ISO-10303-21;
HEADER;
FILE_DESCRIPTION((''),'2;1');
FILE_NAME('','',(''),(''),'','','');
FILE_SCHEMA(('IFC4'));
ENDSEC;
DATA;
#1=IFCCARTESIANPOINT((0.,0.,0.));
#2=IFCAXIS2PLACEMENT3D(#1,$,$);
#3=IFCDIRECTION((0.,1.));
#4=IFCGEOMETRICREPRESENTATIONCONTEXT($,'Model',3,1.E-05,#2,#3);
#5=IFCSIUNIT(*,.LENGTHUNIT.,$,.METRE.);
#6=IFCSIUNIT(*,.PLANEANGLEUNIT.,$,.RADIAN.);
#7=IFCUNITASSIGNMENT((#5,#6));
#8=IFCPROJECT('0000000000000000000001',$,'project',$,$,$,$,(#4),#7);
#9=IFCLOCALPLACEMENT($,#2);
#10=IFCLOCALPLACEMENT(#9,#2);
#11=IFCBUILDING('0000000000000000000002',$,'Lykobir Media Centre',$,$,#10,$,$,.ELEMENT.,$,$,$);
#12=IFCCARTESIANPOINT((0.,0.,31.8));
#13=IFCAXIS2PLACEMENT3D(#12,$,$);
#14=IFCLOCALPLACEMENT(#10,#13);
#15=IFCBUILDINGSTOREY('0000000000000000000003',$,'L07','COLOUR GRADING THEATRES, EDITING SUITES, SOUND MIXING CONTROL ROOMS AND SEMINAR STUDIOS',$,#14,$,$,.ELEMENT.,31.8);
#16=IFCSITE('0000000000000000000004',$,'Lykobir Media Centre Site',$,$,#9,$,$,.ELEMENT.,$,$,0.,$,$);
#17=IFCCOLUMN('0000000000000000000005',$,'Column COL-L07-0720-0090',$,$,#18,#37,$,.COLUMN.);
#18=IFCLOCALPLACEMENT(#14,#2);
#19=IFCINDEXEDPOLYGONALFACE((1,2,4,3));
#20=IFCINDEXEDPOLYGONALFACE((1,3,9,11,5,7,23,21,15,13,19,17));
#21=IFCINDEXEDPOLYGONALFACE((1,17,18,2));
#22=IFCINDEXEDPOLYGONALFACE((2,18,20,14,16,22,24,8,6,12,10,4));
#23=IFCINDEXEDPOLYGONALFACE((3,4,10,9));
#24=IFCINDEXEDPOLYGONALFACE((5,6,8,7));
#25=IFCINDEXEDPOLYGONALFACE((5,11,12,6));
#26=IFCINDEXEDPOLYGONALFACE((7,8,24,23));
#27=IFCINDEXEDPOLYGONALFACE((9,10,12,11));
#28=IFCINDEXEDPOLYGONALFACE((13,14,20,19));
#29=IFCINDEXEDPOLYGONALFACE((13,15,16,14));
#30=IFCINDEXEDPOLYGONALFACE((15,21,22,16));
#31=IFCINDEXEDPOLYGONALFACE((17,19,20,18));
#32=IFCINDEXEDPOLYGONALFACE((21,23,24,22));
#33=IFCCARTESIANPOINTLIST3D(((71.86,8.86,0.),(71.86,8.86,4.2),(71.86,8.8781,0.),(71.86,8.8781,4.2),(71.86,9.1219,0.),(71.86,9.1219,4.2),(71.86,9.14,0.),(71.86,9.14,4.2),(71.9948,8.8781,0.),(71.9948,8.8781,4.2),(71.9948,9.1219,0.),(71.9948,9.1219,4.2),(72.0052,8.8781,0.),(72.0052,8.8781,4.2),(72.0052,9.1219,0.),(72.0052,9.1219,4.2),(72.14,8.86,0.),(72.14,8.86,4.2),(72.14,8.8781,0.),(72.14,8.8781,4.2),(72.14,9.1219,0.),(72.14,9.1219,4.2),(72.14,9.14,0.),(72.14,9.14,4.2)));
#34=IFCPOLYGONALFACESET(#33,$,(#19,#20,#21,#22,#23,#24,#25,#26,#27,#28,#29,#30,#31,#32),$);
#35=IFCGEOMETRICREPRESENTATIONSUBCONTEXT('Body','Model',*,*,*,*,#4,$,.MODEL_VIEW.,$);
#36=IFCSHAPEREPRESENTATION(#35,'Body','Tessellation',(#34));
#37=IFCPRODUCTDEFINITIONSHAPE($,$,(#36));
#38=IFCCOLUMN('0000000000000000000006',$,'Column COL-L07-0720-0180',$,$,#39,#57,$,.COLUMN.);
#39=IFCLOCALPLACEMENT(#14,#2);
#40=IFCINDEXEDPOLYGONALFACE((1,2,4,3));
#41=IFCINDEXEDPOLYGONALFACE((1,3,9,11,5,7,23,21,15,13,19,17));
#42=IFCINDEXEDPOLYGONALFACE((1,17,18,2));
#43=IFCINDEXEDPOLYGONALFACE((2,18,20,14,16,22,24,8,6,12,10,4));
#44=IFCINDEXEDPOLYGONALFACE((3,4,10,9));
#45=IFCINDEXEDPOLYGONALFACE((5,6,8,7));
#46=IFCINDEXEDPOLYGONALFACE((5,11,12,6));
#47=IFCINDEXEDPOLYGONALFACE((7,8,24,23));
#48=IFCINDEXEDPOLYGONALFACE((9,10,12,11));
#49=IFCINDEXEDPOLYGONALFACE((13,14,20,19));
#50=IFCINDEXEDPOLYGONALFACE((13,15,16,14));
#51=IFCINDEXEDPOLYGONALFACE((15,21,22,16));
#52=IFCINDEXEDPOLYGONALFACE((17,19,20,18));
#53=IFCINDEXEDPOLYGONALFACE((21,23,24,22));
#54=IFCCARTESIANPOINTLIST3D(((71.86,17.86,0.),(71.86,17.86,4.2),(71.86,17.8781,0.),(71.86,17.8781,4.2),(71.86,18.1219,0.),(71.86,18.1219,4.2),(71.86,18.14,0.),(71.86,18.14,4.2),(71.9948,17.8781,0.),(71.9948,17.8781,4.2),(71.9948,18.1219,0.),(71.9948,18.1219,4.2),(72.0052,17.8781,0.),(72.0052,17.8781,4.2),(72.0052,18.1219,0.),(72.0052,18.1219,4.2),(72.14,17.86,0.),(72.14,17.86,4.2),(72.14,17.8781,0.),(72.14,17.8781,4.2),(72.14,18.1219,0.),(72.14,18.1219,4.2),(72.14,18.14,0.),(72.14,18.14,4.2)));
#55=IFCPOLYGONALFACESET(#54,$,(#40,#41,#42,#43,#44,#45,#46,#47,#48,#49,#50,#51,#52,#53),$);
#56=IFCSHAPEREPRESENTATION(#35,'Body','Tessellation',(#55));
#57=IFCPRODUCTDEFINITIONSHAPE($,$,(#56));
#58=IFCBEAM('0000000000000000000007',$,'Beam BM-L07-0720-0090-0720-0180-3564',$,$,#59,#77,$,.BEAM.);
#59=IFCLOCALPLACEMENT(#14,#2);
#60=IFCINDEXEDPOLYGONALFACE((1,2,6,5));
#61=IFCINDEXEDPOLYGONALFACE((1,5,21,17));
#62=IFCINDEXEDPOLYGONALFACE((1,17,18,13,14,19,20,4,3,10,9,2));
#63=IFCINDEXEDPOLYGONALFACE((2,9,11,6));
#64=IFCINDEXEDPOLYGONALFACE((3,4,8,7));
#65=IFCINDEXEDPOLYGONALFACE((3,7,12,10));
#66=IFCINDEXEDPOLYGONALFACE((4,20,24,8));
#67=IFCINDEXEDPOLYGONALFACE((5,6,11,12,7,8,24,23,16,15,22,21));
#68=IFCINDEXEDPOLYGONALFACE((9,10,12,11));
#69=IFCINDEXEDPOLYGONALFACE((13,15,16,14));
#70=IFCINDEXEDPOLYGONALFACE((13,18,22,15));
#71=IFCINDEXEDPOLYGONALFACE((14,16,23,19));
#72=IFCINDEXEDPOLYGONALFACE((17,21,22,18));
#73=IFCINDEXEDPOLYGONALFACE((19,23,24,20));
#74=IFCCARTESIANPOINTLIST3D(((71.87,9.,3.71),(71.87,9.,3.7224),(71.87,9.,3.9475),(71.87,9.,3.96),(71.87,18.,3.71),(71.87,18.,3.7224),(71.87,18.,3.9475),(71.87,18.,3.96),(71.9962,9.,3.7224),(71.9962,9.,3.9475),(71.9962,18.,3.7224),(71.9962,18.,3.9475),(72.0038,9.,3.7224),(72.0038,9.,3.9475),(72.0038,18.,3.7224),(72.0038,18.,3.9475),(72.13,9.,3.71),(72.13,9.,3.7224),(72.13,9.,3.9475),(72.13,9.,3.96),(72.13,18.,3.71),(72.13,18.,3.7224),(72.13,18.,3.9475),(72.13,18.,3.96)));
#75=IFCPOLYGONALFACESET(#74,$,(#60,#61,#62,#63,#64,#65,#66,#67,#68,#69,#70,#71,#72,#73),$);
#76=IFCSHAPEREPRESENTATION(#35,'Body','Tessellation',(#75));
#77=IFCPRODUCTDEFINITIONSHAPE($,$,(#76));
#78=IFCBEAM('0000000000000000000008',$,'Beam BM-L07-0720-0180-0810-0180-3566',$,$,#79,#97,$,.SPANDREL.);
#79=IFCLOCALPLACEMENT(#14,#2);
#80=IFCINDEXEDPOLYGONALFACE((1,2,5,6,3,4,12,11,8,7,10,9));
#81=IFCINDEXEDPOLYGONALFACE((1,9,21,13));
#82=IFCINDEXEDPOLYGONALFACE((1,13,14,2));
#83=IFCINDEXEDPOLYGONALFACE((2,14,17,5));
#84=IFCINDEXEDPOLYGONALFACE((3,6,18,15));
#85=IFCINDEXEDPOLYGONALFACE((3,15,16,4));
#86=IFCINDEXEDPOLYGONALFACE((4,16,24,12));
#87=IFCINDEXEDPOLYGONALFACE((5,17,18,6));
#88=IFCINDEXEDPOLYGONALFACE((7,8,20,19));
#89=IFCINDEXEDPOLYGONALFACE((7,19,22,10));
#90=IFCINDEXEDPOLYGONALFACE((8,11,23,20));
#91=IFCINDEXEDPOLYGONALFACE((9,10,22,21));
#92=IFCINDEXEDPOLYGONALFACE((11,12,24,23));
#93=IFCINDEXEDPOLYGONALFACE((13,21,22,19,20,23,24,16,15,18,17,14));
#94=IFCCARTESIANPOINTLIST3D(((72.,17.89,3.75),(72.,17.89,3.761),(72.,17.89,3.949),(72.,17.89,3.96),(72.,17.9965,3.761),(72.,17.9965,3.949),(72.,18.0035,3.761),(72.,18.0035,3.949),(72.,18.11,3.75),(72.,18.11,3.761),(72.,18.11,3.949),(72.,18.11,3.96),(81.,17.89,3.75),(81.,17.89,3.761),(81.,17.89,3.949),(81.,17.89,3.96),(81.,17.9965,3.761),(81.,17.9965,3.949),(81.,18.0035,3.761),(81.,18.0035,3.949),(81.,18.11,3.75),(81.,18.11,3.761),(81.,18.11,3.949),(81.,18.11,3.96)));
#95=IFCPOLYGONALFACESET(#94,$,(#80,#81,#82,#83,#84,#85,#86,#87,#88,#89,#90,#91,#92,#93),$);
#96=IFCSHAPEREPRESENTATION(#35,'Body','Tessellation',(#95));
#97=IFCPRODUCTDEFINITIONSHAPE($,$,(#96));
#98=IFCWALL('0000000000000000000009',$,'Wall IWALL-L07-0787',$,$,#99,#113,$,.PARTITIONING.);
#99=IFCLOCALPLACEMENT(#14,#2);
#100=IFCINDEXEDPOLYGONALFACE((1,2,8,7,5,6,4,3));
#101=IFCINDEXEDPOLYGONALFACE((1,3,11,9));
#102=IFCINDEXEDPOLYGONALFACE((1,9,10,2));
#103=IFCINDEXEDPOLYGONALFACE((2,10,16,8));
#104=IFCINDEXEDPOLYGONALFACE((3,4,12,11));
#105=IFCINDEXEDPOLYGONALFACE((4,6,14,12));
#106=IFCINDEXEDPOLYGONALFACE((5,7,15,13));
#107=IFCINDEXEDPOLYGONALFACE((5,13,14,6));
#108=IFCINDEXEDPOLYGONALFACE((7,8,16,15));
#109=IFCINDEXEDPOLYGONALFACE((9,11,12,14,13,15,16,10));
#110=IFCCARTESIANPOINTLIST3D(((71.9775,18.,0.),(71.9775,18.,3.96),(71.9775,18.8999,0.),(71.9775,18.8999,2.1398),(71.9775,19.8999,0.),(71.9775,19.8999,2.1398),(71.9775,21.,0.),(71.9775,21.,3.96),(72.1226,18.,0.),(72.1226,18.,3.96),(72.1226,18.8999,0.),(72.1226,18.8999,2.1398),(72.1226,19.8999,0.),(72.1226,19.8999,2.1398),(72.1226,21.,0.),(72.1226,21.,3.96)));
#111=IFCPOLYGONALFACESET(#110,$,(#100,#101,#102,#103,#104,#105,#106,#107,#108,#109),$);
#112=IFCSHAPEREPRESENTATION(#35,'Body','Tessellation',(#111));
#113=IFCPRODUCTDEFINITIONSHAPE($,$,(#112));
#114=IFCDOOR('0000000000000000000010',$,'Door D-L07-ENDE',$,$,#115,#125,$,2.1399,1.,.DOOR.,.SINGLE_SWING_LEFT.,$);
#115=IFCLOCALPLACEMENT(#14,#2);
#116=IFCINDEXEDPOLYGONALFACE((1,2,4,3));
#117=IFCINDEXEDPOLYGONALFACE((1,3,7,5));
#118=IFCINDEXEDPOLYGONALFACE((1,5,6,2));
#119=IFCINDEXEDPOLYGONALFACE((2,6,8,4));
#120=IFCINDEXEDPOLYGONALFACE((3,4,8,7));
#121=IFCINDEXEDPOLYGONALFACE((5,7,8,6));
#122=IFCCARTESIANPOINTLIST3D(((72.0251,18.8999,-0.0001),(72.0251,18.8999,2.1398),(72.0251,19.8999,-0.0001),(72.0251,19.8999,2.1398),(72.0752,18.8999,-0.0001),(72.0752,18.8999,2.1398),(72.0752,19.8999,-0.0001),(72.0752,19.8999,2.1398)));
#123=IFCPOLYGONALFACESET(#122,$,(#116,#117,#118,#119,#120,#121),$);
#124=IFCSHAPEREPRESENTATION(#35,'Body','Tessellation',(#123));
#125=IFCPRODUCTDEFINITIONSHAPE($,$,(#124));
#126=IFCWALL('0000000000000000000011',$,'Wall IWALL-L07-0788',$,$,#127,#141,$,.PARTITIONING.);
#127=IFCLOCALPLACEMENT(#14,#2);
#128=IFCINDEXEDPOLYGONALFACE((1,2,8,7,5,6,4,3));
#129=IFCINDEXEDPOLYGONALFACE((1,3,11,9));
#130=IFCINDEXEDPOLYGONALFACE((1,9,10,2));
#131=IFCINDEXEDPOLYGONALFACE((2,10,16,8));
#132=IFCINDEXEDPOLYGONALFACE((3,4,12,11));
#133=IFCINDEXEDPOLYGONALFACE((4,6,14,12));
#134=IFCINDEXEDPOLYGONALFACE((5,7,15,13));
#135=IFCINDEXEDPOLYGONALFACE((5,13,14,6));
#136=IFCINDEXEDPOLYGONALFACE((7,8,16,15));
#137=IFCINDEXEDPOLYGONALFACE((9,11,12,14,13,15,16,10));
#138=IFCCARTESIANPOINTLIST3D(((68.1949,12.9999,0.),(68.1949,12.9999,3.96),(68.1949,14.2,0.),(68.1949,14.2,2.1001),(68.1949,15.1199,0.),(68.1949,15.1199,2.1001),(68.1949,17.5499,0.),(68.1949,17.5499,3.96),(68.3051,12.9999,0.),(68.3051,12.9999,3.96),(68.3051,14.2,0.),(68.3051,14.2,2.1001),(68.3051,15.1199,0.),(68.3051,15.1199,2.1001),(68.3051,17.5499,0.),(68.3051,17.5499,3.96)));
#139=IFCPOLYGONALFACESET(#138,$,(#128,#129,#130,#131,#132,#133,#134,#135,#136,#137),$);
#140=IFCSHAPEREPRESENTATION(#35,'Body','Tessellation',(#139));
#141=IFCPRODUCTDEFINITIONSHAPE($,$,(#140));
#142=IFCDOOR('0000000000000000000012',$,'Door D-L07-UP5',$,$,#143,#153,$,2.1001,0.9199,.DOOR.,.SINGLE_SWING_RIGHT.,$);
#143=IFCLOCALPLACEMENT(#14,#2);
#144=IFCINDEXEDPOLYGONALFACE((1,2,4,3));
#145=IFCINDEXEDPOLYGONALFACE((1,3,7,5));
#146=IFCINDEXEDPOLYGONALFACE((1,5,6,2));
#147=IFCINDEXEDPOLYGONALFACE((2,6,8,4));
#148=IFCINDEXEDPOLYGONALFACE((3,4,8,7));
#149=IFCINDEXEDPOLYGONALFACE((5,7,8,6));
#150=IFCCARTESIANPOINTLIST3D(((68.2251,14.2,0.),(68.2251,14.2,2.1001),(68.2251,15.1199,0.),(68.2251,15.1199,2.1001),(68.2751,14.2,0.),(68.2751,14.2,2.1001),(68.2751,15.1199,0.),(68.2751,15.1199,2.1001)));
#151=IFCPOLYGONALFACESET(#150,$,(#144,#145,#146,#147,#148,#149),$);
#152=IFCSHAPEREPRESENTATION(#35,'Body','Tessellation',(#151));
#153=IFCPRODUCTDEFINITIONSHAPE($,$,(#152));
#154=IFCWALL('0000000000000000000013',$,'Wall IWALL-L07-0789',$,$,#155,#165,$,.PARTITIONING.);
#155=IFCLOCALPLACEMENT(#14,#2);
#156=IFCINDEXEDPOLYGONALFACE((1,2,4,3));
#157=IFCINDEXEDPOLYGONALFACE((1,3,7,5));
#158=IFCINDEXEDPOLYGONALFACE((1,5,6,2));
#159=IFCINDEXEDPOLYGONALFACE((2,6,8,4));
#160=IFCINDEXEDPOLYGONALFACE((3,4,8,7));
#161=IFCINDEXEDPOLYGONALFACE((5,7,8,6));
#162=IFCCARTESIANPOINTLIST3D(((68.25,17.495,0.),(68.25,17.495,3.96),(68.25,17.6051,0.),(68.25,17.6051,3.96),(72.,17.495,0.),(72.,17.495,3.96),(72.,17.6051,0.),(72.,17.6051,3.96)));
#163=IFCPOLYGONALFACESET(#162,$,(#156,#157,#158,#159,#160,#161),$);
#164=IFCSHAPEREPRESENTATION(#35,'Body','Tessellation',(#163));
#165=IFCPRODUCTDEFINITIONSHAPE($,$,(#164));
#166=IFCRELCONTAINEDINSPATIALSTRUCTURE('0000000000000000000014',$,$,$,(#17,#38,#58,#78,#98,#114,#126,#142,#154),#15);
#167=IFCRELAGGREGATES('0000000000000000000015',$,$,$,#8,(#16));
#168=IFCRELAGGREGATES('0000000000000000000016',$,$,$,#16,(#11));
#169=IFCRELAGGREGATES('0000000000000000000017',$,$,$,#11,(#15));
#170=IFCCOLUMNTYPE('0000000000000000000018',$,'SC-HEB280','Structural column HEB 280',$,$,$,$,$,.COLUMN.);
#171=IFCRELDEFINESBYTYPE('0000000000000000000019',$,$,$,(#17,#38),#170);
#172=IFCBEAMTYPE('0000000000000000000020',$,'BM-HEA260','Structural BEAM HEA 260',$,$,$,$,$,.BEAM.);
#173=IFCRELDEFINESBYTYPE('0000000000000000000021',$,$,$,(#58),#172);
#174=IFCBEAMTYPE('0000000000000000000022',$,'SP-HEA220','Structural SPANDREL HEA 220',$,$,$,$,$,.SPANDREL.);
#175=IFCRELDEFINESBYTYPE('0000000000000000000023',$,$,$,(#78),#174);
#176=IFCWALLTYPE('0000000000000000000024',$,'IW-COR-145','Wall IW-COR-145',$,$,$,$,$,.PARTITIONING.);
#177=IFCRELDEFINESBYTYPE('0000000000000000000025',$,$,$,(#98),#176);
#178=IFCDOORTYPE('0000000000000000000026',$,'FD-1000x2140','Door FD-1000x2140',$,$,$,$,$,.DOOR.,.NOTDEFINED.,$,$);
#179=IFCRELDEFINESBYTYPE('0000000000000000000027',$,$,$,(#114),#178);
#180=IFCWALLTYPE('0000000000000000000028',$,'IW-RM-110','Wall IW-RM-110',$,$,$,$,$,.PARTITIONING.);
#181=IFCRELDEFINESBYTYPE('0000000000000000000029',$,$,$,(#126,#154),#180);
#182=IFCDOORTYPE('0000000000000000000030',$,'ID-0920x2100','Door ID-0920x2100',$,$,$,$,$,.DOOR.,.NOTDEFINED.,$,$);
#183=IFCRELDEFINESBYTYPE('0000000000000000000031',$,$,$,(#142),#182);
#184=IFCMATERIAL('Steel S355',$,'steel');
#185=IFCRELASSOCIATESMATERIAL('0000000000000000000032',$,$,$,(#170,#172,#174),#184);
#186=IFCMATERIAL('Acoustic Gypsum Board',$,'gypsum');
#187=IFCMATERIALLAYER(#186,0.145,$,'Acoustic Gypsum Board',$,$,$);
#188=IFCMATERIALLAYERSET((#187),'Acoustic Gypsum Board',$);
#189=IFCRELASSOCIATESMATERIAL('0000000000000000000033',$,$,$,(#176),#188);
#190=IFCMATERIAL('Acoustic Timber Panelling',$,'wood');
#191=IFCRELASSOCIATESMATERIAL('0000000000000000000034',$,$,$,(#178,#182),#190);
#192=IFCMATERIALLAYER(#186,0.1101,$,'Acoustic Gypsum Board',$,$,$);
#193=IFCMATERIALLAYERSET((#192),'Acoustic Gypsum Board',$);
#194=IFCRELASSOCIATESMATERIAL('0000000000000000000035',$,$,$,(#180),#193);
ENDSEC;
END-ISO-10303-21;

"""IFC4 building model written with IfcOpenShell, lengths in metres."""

from ifc_helpers import new_model, si_unit, direction, frame, frame_2d, origin, origin_2d, place, context, subcontext, project, spatial, rectangle, i_section, extrude, material, layer, layer_set, material_profile, profile_set, type_object, element, fill, save


model = new_model("IFC4")

# Units and contexts
model_context = context("Model", 3, precision=1e-05, world=origin(), true_north=direction((0.0, 1.0)))
body_context = subcontext(model_context, "Body", "Model", "MODEL_VIEW")
ifc_project = project(units=[si_unit("LENGTHUNIT", "METRE"), si_unit("PLANEANGLEUNIT", "RADIAN")], contexts=[model_context])

# Site, building, storey
site_placement = place(None, origin())
site = spatial("IfcSite", under=ifc_project, at=site_placement, Name="Lykobir Media Centre Site", CompositionType="ELEMENT", RefElevation=0.0)
building_placement = place(site_placement, origin())
building = spatial("IfcBuilding", under=site, at=building_placement, Name="Lykobir Media Centre", CompositionType="ELEMENT")
storey_placement = place(building_placement, frame((0.0, 0.0, 31.8)))
storey = spatial("IfcBuildingStorey", under=building, at=storey_placement, Name="L07", Description="COLOUR GRADING THEATRES, EDITING SUITES, SOUND MIXING CONTROL ROOMS AND SEMINAR STUDIOS", CompositionType="ELEMENT", Elevation=31.8)

# Columns
ifc_material_1 = material(Name="Steel S355", Category="steel")
ifc_material_profile_1 = material_profile(ifc_material_1, i_section(OverallWidth=0.28, OverallDepth=0.28, WebThickness=0.0105, FlangeThickness=0.0181, at=origin_2d()), Name="HEB 280")
ifc_profile_set_1 = profile_set([ifc_material_profile_1], Name="Steel S355")
column_type = type_object("IfcColumnType", Name="SC-HEB280", Description="Structural column HEB 280", PredefinedType="COLUMN", material=ifc_profile_set_1)
for number, where, z_axis, x_axis, name in (
    (1, (72.0, 9.0, 0.0), (0.0, 0.0, 1.0), (1.0, 0.0, 0.0), "Column COL-L07-0720-0090"),
    (2, (72.0, 18.0, 0.0), (0.0, 0.0, 1.0), (1.0, 0.0, 0.0), "Column COL-L07-0720-0180"),
):
    element("IfcColumn", number, at=place(storey_placement, frame(where, z_axis=z_axis, x_axis=x_axis)), inside=storey, type_object=column_type, Name=name, PredefinedType="COLUMN", context=body_context, shape_type="SweptSolid", body=[
        extrude(i_section(OverallWidth=0.28, OverallDepth=0.28, WebThickness=0.0105, FlangeThickness=0.0181, at=origin_2d()), origin(), (0.0, 0.0, 1.0), 4.2),
    ])

# Beams
ifc_material_profile_2 = material_profile(ifc_material_1, i_section(OverallWidth=0.26, OverallDepth=0.25, WebThickness=0.0076, FlangeThickness=0.0125, at=origin_2d()), Name="HEA 260")
ifc_profile_set_2 = profile_set([ifc_material_profile_2], Name="Steel S355")
beam_type_1 = type_object("IfcBeamType", Name="BM-HEA260", Description="Structural BEAM HEA 260", PredefinedType="BEAM", material=ifc_profile_set_2)
beam_1_placement = place(storey_placement, frame((72.0, 9.0, 3.835), z_axis=(0.0, 1.0, 0.0), x_axis=(-1.0, 0.0, 0.0)))
element("IfcBeam", 3, at=beam_1_placement, inside=storey, type_object=beam_type_1, Name="Beam BM-L07-0720-0090-0720-0180-3564", PredefinedType="BEAM", context=body_context, shape_type="SweptSolid", body=[
    extrude(i_section(OverallWidth=0.26, OverallDepth=0.25, WebThickness=0.0076, FlangeThickness=0.0125, at=origin_2d()), origin(), (0.0, 0.0, 1.0), 9.0),
])
ifc_material_profile_3 = material_profile(ifc_material_1, i_section(OverallWidth=0.22, OverallDepth=0.21, WebThickness=0.0071, FlangeThickness=0.011, at=origin_2d()), Name="HEA 220")
ifc_profile_set_3 = profile_set([ifc_material_profile_3], Name="Steel S355")
beam_type_2 = type_object("IfcBeamType", Name="SP-HEA220", Description="Structural SPANDREL HEA 220", PredefinedType="SPANDREL", material=ifc_profile_set_3)
beam_2_placement = place(storey_placement, frame((72.0, 18.0, 3.855), z_axis=(1.0, 0.0, 0.0), x_axis=(0.0, 1.0, 0.0)))
element("IfcBeam", 4, at=beam_2_placement, inside=storey, type_object=beam_type_2, Name="Beam BM-L07-0720-0180-0810-0180-3566", PredefinedType="SPANDREL", context=body_context, shape_type="SweptSolid", body=[
    extrude(i_section(OverallWidth=0.22, OverallDepth=0.21, WebThickness=0.0071, FlangeThickness=0.011, at=origin_2d()), origin(), (0.0, 0.0, 1.0), 9.0),
])

# Walls, openings, doors
ifc_material_2 = material(Name="Acoustic Gypsum Board", Category="gypsum")
ifc_layer_1 = layer(ifc_material_2, 0.145, Name="Acoustic Gypsum Board")
ifc_layer_set_1 = layer_set([ifc_layer_1], Name="Acoustic Gypsum Board")
wall_type_1 = type_object("IfcWallType", Name="IW-COR-145", Description="Wall IW-COR-145", PredefinedType="PARTITIONING", material=ifc_layer_set_1)
wall_1_placement = place(storey_placement, frame((72.05, 18.0, 0.0), z_axis=(0.0, 0.0, 1.0), x_axis=(0.0, 1.0, 0.0)))
wall_1 = element("IfcWall", 5, at=wall_1_placement, inside=storey, type_object=wall_type_1, Name="Wall IWALL-L07-0787", PredefinedType="PARTITIONING", context=body_context, shape_type="SweptSolid", body=[
    extrude(rectangle(XDim=3.0, YDim=0.145, at=frame_2d((1.5, 0.0))), origin(), (0.0, 0.0, 1.0), 3.96),
])
opening_1_placement = place(wall_1_placement, frame((0.8999, 0.0, 0.0)))
opening_1 = element("IfcOpeningElement", 6, at=opening_1_placement, cuts=wall_1, PredefinedType="OPENING", context=body_context, shape_type="SweptSolid", body=[
    extrude(rectangle(XDim=1.0, YDim=2.1399, at=frame_2d((0.5, 1.0698))), frame((0.0, 0.0825, 0.0), z_axis=(0.0, -1.0, 0.0), x_axis=(1.0, 0.0, 0.0)), (0.0, 0.0, 1.0), 0.165),
])
ifc_material_3 = material(Name="Acoustic Timber Panelling", Category="wood")
door_type_1 = type_object("IfcDoorType", Name="FD-1000x2140", Description="Door FD-1000x2140", OperationType="NOTDEFINED", PredefinedType="DOOR", material=ifc_material_3)
door_1_placement = place(opening_1_placement, origin())
door_1 = element("IfcDoor", 7, at=door_1_placement, inside=storey, type_object=door_type_1, Name="Door D-L07-ENDE", OperationType="SINGLE_SWING_LEFT", OverallHeight=2.1399, OverallWidth=1.0, PredefinedType="DOOR", context=body_context, shape_type="SweptSolid", body=[
    extrude(rectangle(XDim=1.0, YDim=2.1399, at=frame_2d((0.5, 1.0698))), frame((0.0, 0.0249, 0.0), z_axis=(0.0, -1.0, 0.0), x_axis=(1.0, 0.0, 0.0)), (0.0, 0.0, 1.0), 0.05),
])
fill(opening_1, door_1)
ifc_layer_2 = layer(ifc_material_2, 0.1101, Name="Acoustic Gypsum Board")
ifc_layer_set_2 = layer_set([ifc_layer_2], Name="Acoustic Gypsum Board")
wall_type_2 = type_object("IfcWallType", Name="IW-RM-110", Description="Wall IW-RM-110", PredefinedType="PARTITIONING", material=ifc_layer_set_2)
wall_2_placement = place(storey_placement, frame((68.25, 13.0, 0.0), z_axis=(0.0, 0.0, 1.0), x_axis=(0.0, 1.0, 0.0)))
wall_2 = element("IfcWall", 8, at=wall_2_placement, inside=storey, type_object=wall_type_2, Name="Wall IWALL-L07-0788", PredefinedType="PARTITIONING", context=body_context, shape_type="SweptSolid", body=[
    extrude(rectangle(XDim=4.55, YDim=0.1101, at=frame_2d((2.2749, 0.0))), origin(), (0.0, 0.0, 1.0), 3.96),
])
opening_2_placement = place(wall_2_placement, frame((1.2, 0.0, 0.0)))
opening_2 = element("IfcOpeningElement", 9, at=opening_2_placement, cuts=wall_2, PredefinedType="OPENING", context=body_context, shape_type="SweptSolid", body=[
    extrude(rectangle(XDim=0.9199, YDim=2.1001, at=frame_2d((0.46, 1.05))), frame((0.0, 0.0649, 0.0), z_axis=(0.0, -1.0, 0.0), x_axis=(1.0, 0.0, 0.0)), (0.0, 0.0, 1.0), 0.1301),
])
door_type_2 = type_object("IfcDoorType", Name="ID-0920x2100", Description="Door ID-0920x2100", OperationType="NOTDEFINED", PredefinedType="DOOR", material=ifc_material_3)
door_2_placement = place(opening_2_placement, origin())
door_2 = element("IfcDoor", 10, at=door_2_placement, inside=storey, type_object=door_type_2, Name="Door D-L07-UP5", OperationType="SINGLE_SWING_RIGHT", OverallHeight=2.1001, OverallWidth=0.9199, PredefinedType="DOOR", context=body_context, shape_type="SweptSolid", body=[
    extrude(rectangle(XDim=0.9199, YDim=2.1001, at=frame_2d((0.46, 1.05))), frame((0.0, 0.0249, 0.0), z_axis=(0.0, -1.0, 0.0), x_axis=(1.0, 0.0, 0.0)), (0.0, 0.0, 1.0), 0.05),
])
fill(opening_2, door_2)

# Wall
wall_3_placement = place(storey_placement, frame((68.25, 17.55, 0.0), z_axis=(0.0, 0.0, 1.0), x_axis=(1.0, 0.0, 0.0)))
element("IfcWall", 11, at=wall_3_placement, inside=storey, type_object=wall_type_2, Name="Wall IWALL-L07-0789", PredefinedType="PARTITIONING", context=body_context, shape_type="SweptSolid", body=[
    extrude(rectangle(XDim=3.75, YDim=0.1101, at=frame_2d((1.875, 0.0))), origin(), (0.0, 0.0, 1.0), 3.96),
])

save(model, "model.ifc")
